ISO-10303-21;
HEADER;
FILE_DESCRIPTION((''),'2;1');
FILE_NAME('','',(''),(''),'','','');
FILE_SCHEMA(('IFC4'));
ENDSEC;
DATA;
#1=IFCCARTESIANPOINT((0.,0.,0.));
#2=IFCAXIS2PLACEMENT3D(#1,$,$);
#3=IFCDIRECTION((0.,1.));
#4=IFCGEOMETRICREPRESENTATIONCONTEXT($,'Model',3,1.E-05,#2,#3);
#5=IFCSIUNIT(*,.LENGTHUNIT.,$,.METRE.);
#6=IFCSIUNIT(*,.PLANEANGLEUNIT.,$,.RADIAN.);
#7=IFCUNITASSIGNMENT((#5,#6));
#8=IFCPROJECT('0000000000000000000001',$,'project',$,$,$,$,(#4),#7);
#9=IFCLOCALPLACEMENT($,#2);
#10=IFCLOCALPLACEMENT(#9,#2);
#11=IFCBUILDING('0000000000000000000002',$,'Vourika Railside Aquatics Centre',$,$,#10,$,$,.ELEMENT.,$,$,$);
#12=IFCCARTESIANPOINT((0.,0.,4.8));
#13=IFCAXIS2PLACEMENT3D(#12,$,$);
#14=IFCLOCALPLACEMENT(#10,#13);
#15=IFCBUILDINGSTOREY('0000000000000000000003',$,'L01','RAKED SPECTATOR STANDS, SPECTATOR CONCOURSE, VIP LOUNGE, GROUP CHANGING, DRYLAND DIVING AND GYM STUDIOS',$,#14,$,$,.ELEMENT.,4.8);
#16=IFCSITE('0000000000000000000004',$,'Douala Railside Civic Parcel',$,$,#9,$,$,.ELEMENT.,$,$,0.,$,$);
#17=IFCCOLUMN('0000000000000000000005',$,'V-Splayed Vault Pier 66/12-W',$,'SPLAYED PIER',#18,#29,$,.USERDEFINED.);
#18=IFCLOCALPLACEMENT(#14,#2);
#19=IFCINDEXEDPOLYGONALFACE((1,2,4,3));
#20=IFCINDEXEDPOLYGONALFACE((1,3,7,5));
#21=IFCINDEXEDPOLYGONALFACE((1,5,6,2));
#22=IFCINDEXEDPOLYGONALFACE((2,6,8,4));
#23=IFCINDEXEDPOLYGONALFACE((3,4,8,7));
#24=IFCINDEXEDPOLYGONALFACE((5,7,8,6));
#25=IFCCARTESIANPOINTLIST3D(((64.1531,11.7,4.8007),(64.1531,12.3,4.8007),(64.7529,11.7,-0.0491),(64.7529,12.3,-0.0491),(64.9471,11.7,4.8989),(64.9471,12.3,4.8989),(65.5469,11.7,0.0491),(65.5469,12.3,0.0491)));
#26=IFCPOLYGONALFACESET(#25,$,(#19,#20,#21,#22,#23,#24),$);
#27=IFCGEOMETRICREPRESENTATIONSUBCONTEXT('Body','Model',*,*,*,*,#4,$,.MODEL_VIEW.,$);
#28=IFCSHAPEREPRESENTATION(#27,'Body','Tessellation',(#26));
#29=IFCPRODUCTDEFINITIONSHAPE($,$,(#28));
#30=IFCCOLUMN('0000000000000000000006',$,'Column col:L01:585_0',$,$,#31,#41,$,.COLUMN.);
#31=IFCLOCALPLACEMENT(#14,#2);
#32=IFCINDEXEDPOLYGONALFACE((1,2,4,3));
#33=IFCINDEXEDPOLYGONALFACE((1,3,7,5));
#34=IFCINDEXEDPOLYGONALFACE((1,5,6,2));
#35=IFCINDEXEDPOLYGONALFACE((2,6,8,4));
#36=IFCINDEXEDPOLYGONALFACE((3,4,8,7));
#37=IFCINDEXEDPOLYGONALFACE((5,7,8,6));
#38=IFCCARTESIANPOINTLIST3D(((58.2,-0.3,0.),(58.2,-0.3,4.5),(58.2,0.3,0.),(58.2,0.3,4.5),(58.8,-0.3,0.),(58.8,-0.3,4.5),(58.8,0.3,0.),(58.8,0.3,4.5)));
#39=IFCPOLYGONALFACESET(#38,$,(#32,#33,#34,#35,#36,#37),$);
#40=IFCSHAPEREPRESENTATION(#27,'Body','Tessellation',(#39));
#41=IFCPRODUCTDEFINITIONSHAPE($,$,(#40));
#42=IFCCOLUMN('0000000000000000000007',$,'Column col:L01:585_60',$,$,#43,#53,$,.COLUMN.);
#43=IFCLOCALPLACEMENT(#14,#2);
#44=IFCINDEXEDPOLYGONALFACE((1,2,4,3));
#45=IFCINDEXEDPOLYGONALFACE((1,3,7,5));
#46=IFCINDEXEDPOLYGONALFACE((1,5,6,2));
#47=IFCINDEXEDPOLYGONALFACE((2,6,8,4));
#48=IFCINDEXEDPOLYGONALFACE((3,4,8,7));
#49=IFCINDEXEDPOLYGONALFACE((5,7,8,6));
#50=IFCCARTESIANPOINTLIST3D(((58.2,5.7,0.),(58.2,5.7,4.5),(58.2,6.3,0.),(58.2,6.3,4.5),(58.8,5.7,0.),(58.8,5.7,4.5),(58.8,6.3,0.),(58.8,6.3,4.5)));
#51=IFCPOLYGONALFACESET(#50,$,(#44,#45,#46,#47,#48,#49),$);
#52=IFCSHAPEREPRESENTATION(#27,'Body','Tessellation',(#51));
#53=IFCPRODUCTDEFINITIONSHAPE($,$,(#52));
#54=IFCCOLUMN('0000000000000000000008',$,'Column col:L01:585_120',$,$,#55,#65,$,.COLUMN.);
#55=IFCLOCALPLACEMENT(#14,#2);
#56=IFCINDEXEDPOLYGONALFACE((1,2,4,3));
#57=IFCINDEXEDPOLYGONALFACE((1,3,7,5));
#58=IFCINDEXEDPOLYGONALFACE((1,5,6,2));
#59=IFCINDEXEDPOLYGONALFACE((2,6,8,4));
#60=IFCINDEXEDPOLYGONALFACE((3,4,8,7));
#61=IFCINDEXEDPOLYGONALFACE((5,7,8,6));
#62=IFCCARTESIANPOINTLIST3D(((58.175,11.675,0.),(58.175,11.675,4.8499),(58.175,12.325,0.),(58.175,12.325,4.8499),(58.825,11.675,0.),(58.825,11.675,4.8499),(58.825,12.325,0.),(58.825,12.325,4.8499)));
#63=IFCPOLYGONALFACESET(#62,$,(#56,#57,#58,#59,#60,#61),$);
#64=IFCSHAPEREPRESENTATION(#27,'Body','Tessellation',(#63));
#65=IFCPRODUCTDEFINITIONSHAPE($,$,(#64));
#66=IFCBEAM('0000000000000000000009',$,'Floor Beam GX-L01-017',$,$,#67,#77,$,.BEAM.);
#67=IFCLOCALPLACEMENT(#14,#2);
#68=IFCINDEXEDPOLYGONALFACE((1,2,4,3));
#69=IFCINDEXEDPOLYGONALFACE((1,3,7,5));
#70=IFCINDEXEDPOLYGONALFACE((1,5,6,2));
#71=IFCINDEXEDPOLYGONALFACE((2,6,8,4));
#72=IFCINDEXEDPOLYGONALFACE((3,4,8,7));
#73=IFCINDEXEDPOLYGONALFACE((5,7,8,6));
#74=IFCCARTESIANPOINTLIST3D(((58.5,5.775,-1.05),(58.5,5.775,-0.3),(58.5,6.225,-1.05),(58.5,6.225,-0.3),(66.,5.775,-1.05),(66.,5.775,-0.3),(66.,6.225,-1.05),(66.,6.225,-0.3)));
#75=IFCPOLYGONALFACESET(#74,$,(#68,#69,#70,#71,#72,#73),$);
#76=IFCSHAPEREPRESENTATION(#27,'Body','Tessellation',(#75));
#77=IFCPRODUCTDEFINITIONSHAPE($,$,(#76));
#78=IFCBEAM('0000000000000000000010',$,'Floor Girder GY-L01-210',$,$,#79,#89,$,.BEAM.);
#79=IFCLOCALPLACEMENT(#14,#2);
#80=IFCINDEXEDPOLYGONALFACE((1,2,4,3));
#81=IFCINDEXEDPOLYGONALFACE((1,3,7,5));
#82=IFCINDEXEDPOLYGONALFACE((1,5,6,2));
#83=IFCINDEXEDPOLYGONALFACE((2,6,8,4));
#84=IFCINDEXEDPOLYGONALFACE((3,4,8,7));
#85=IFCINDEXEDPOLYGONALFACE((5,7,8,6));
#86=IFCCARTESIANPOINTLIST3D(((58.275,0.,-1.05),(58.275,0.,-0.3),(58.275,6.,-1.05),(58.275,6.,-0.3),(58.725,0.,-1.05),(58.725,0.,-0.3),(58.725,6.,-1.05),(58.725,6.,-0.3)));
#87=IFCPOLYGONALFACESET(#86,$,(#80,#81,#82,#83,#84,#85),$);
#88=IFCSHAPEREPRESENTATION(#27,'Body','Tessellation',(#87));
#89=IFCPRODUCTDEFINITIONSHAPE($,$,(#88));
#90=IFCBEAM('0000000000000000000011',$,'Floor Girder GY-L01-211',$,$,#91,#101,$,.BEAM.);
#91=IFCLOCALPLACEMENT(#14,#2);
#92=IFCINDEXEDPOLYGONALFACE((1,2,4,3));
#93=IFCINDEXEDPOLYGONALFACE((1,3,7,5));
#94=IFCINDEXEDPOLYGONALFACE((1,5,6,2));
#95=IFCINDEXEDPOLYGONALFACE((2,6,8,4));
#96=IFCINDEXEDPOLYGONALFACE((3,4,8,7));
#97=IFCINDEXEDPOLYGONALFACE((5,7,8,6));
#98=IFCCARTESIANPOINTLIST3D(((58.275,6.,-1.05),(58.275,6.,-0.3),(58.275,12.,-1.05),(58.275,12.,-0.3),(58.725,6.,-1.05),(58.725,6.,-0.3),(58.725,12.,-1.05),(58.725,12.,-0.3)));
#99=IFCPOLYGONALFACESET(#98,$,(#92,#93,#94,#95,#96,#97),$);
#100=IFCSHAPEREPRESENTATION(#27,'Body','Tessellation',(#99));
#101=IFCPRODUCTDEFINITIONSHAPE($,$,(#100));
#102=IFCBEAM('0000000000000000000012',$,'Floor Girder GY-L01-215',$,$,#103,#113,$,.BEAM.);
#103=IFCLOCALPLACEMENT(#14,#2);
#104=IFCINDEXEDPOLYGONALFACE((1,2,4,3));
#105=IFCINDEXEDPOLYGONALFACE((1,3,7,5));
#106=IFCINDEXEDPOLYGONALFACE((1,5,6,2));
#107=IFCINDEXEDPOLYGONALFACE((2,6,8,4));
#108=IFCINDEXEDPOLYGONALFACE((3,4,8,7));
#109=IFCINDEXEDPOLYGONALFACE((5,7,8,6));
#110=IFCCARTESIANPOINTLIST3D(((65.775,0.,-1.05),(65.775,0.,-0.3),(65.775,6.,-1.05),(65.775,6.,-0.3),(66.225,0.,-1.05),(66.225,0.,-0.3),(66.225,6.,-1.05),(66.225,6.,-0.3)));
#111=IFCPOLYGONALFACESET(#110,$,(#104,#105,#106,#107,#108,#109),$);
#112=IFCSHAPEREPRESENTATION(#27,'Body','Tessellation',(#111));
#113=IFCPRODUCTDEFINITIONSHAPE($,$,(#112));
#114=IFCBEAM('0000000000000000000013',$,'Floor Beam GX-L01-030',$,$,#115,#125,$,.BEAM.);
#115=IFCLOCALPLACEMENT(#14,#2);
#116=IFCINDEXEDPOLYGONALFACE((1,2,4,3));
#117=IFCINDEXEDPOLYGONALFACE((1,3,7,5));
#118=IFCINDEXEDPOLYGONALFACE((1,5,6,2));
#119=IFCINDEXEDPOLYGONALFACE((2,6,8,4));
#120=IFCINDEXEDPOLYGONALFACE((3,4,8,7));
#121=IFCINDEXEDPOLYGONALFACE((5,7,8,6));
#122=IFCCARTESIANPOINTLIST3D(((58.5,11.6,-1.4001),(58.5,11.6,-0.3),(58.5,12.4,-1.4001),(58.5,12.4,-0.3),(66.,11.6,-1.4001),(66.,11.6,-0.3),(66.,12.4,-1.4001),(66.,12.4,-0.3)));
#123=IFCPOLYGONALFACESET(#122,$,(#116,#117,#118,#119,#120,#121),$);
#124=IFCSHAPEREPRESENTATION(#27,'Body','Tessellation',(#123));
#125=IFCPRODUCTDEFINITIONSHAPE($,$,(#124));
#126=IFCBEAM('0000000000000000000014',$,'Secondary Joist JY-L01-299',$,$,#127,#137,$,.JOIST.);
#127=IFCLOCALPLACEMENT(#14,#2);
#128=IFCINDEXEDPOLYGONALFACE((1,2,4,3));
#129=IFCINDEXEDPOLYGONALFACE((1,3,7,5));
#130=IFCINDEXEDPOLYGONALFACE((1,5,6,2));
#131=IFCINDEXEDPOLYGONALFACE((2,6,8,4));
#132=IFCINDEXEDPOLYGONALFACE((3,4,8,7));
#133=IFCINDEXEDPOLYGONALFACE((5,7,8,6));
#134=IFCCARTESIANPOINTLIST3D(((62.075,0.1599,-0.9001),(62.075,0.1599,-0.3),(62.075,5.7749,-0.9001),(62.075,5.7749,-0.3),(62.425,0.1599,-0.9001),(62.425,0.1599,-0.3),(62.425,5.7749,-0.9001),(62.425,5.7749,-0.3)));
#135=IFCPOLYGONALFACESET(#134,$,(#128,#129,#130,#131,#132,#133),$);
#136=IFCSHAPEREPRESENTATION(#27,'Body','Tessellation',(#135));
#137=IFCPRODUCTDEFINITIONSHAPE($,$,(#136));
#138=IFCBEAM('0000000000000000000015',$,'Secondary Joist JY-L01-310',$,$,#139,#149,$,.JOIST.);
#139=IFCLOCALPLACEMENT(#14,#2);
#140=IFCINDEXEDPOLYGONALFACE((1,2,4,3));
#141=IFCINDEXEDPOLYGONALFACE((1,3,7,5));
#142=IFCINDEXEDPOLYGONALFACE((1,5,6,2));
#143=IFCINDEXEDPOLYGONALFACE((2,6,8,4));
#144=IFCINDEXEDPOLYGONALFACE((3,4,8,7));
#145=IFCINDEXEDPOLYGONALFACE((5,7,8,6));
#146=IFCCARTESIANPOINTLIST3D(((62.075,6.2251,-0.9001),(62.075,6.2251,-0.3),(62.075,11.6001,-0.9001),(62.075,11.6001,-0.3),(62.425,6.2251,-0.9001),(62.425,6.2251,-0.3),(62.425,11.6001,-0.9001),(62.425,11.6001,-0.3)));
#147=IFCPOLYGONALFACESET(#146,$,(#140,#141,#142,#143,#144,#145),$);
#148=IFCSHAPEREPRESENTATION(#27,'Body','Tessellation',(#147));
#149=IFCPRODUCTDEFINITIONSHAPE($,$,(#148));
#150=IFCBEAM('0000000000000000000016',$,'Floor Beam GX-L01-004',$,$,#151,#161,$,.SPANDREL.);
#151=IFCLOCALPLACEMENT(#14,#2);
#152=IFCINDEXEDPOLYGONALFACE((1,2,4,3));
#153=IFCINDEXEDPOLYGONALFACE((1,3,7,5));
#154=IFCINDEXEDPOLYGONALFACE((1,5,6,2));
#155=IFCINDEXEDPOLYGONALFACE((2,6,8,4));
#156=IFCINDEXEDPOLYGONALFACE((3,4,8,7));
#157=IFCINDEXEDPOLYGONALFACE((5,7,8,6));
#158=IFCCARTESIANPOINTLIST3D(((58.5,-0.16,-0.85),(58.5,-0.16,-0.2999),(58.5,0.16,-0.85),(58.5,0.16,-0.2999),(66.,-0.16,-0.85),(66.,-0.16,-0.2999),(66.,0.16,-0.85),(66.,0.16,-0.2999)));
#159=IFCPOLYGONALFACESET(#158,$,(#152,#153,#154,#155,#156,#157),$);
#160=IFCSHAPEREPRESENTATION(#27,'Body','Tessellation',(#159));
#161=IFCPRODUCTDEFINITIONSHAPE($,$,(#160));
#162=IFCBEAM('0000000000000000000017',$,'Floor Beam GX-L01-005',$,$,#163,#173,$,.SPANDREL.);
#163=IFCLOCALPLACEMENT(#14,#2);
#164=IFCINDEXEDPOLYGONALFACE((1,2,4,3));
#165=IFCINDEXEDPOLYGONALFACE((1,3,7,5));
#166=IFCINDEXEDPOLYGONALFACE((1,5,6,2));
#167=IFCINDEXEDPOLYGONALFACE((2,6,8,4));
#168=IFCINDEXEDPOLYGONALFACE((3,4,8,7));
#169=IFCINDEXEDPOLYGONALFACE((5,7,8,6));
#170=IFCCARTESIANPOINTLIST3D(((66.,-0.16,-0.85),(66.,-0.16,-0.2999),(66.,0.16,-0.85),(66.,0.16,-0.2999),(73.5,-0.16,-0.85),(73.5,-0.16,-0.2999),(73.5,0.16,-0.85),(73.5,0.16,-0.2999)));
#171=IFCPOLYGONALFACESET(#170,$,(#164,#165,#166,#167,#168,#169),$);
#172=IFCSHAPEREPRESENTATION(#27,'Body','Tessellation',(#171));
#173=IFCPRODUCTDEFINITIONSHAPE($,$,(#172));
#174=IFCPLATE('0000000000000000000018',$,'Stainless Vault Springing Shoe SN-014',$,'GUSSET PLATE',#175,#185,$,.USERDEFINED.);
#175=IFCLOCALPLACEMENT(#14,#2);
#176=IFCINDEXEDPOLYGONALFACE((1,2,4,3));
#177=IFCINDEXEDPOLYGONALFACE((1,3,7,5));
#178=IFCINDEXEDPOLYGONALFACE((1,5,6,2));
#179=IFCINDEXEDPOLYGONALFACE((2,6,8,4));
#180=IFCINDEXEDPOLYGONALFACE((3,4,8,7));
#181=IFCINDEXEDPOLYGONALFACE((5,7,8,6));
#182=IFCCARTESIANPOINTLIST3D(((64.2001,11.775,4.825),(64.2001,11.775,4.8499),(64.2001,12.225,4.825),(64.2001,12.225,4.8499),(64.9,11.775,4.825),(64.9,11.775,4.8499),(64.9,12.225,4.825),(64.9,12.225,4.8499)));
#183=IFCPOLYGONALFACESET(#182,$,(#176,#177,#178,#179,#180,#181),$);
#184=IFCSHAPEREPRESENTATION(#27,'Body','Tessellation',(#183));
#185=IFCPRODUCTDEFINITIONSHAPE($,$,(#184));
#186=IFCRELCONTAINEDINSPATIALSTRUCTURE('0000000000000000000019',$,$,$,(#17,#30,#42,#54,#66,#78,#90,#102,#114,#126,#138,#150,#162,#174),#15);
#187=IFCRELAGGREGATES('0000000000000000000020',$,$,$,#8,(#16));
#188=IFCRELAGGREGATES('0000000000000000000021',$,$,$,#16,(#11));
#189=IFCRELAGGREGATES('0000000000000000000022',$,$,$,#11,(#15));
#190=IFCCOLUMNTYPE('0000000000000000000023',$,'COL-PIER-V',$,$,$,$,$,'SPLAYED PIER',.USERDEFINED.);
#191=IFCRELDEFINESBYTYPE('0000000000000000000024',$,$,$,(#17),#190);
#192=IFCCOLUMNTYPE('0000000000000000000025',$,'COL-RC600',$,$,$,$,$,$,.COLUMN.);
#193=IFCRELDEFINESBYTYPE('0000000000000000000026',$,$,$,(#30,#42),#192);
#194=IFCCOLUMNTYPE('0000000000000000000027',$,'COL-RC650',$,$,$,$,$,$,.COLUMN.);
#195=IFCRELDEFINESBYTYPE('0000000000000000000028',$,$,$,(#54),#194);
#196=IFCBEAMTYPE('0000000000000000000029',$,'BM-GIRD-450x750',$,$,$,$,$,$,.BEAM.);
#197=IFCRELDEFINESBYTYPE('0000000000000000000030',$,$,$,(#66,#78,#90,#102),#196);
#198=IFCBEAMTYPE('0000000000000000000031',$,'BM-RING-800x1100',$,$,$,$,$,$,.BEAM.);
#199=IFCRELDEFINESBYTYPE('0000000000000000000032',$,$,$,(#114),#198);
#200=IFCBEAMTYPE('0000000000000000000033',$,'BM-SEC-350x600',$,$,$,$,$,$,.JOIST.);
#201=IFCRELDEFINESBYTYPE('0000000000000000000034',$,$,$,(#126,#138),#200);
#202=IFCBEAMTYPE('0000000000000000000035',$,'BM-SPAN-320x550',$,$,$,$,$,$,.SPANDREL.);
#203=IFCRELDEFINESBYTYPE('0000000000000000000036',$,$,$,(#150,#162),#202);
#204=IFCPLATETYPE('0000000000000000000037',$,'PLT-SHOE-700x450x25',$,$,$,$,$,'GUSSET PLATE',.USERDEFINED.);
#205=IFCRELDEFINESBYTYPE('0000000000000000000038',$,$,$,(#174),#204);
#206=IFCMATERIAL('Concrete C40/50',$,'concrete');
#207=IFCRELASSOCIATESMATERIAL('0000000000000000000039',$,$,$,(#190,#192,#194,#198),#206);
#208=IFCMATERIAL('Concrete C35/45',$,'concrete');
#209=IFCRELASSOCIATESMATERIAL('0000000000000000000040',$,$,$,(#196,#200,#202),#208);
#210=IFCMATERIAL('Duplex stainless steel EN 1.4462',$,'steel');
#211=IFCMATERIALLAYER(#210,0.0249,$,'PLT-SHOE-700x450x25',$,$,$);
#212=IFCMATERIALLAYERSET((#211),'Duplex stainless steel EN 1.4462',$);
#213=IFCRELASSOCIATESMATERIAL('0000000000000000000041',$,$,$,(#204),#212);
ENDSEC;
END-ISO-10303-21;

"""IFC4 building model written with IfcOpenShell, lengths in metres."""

from ifc_helpers import new_model, si_unit, direction, frame, origin, origin_2d, place, context, subcontext, project, spatial, rectangle, extrude, material, layer, layer_set, material_profile, profile_set, type_object, element, save


model = new_model("IFC4")

# Units and contexts
model_context = context("Model", 3, precision=1e-05, world=origin(), true_north=direction((0.0, 1.0)))
body_context = subcontext(model_context, "Body", "Model", "MODEL_VIEW")
ifc_project = project(units=[si_unit("LENGTHUNIT", "METRE"), si_unit("PLANEANGLEUNIT", "RADIAN")], contexts=[model_context])

# Site, building, storey
site_placement = place(None, origin())
site = spatial("IfcSite", under=ifc_project, at=site_placement, Name="Douala Railside Civic Parcel", CompositionType="ELEMENT", RefElevation=0.0)
building_placement = place(site_placement, origin())
building = spatial("IfcBuilding", under=site, at=building_placement, Name="Vourika Railside Aquatics Centre", CompositionType="ELEMENT")
storey_placement = place(building_placement, frame((0.0, 0.0, 4.8)))
storey = spatial("IfcBuildingStorey", under=building, at=storey_placement, Name="L01", Description="RAKED SPECTATOR STANDS, SPECTATOR CONCOURSE, VIP LOUNGE, GROUP CHANGING, DRYLAND DIVING AND GYM STUDIOS", CompositionType="ELEMENT", Elevation=4.8)

# Columns
ifc_material_1 = material(Name="Concrete C40/50", Category="concrete")
ifc_material_profile_1 = material_profile(ifc_material_1, rectangle(XDim=0.6001, YDim=0.8, at=origin_2d()), Name="RC 600x800")
ifc_profile_set_1 = profile_set([ifc_material_profile_1], Name="Concrete C40/50")
column_type_1 = type_object("IfcColumnType", Name="COL-PIER-V", ElementType="SPLAYED PIER", PredefinedType="USERDEFINED", material=ifc_profile_set_1)
column_1_placement = place(storey_placement, frame((65.1499, 12.0, 0.0), z_axis=(-0.12275, 0.0, 0.992438), x_axis=(0.0, -1.0, 0.0)))
element("IfcColumn", 1, at=column_1_placement, inside=storey, type_object=column_type_1, Name="V-Splayed Vault Pier 66/12-W", ObjectType="SPLAYED PIER", PredefinedType="USERDEFINED", context=body_context, shape_type="SweptSolid", body=[
    extrude(rectangle(XDim=0.6001, YDim=0.8, at=origin_2d()), origin(), (0.0, 0.0, 1.0), 4.8867),
])
ifc_material_profile_2 = material_profile(ifc_material_1, rectangle(XDim=0.6001, YDim=0.6001, at=origin_2d()), Name="RC 600x600")
ifc_profile_set_2 = profile_set([ifc_material_profile_2], Name="Concrete C40/50")
column_type_2 = type_object("IfcColumnType", Name="COL-RC600", PredefinedType="COLUMN", material=ifc_profile_set_2)
for number, where, z_axis, x_axis, name in (
    (2, (58.5, 0.0, 0.0), (0.0, 0.0, 1.0), (1.0, 0.0, 0.0), "Column col:L01:585_0"),
    (3, (58.5, 6.0, 0.0), (0.0, 0.0, 1.0), (1.0, 0.0, 0.0), "Column col:L01:585_60"),
):
    element("IfcColumn", number, at=place(storey_placement, frame(where, z_axis=z_axis, x_axis=x_axis)), inside=storey, type_object=column_type_2, Name=name, PredefinedType="COLUMN", context=body_context, shape_type="SweptSolid", body=[
        extrude(rectangle(XDim=0.6001, YDim=0.6001, at=origin_2d()), origin(), (0.0, 0.0, 1.0), 4.5),
    ])
ifc_material_profile_3 = material_profile(ifc_material_1, rectangle(XDim=0.6499, YDim=0.6499, at=origin_2d()), Name="RC 650x650")
ifc_profile_set_3 = profile_set([ifc_material_profile_3], Name="Concrete C40/50")
column_type_3 = type_object("IfcColumnType", Name="COL-RC650", PredefinedType="COLUMN", material=ifc_profile_set_3)
column_2_placement = place(storey_placement, frame((58.5, 12.0, 0.0), z_axis=(0.0, 0.0, 1.0), x_axis=(1.0, 0.0, 0.0)))
element("IfcColumn", 4, at=column_2_placement, inside=storey, type_object=column_type_3, Name="Column col:L01:585_120", PredefinedType="COLUMN", context=body_context, shape_type="SweptSolid", body=[
    extrude(rectangle(XDim=0.6499, YDim=0.6499, at=origin_2d()), origin(), (0.0, 0.0, 1.0), 4.8499),
])

# Beams
ifc_material_2 = material(Name="Concrete C35/45", Category="concrete")
ifc_material_profile_4 = material_profile(ifc_material_2, rectangle(XDim=0.45, YDim=0.75, at=origin_2d()), Name="RC 450x750")
ifc_profile_set_4 = profile_set([ifc_material_profile_4], Name="Concrete C35/45")
beam_type_1 = type_object("IfcBeamType", Name="BM-GIRD-450x750", PredefinedType="BEAM", material=ifc_profile_set_4)
beam_1_placement = place(storey_placement, frame((58.5, 6.0, -0.675), z_axis=(1.0, 0.0, 0.0), x_axis=(0.0, 1.0, 0.0)))
element("IfcBeam", 5, at=beam_1_placement, inside=storey, type_object=beam_type_1, Name="Floor Beam GX-L01-017", PredefinedType="BEAM", context=body_context, shape_type="SweptSolid", body=[
    extrude(rectangle(XDim=0.45, YDim=0.75, at=origin_2d()), origin(), (0.0, 0.0, 1.0), 7.5),
])
for number, where, z_axis, x_axis, name in (
    (6, (58.5, 0.0, -0.675), (0.0, 1.0, 0.0), (-1.0, 0.0, 0.0), "Floor Girder GY-L01-210"),
    (7, (58.5, 6.0, -0.675), (0.0, 1.0, 0.0), (-1.0, 0.0, 0.0), "Floor Girder GY-L01-211"),
    (8, (66.0, 0.0, -0.675), (0.0, 1.0, 0.0), (-1.0, 0.0, 0.0), "Floor Girder GY-L01-215"),
):
    element("IfcBeam", number, at=place(storey_placement, frame(where, z_axis=z_axis, x_axis=x_axis)), inside=storey, type_object=beam_type_1, Name=name, PredefinedType="BEAM", context=body_context, shape_type="SweptSolid", body=[
        extrude(rectangle(XDim=0.45, YDim=0.75, at=origin_2d()), origin(), (0.0, 0.0, 1.0), 6.0),
    ])
ifc_material_profile_5 = material_profile(ifc_material_1, rectangle(XDim=0.8, YDim=1.1001, at=origin_2d()), Name="RC 800x1100")
ifc_profile_set_5 = profile_set([ifc_material_profile_5], Name="Concrete C40/50")
beam_type_2 = type_object("IfcBeamType", Name="BM-RING-800x1100", PredefinedType="BEAM", material=ifc_profile_set_5)
beam_2_placement = place(storey_placement, frame((58.5, 12.0, -0.8501), z_axis=(1.0, 0.0, 0.0), x_axis=(0.0, 1.0, 0.0)))
element("IfcBeam", 9, at=beam_2_placement, inside=storey, type_object=beam_type_2, Name="Floor Beam GX-L01-030", PredefinedType="BEAM", context=body_context, shape_type="SweptSolid", body=[
    extrude(rectangle(XDim=0.8, YDim=1.1001, at=origin_2d()), origin(), (0.0, 0.0, 1.0), 7.5),
])
ifc_material_profile_6 = material_profile(ifc_material_2, rectangle(XDim=0.3501, YDim=0.6001, at=origin_2d()), Name="RC 350x600")
ifc_profile_set_6 = profile_set([ifc_material_profile_6], Name="Concrete C35/45")
beam_type_3 = type_object("IfcBeamType", Name="BM-SEC-350x600", PredefinedType="JOIST", material=ifc_profile_set_6)
beam_3_placement = place(storey_placement, frame((62.25, 0.1599, -0.6001), z_axis=(0.0, 1.0, 0.0), x_axis=(-1.0, 0.0, 0.0)))
element("IfcBeam", 10, at=beam_3_placement, inside=storey, type_object=beam_type_3, Name="Secondary Joist JY-L01-299", PredefinedType="JOIST", context=body_context, shape_type="SweptSolid", body=[
    extrude(rectangle(XDim=0.3501, YDim=0.6001, at=origin_2d()), origin(), (0.0, 0.0, 1.0), 5.615),
])
beam_4_placement = place(storey_placement, frame((62.25, 6.2251, -0.6001), z_axis=(0.0, 1.0, 0.0), x_axis=(-1.0, 0.0, 0.0)))
element("IfcBeam", 11, at=beam_4_placement, inside=storey, type_object=beam_type_3, Name="Secondary Joist JY-L01-310", PredefinedType="JOIST", context=body_context, shape_type="SweptSolid", body=[
    extrude(rectangle(XDim=0.3501, YDim=0.6001, at=origin_2d()), origin(), (0.0, 0.0, 1.0), 5.375),
])
ifc_material_profile_7 = material_profile(ifc_material_2, rectangle(XDim=0.3201, YDim=0.55, at=origin_2d()), Name="RC 320x550")
ifc_profile_set_7 = profile_set([ifc_material_profile_7], Name="Concrete C35/45")
beam_type_4 = type_object("IfcBeamType", Name="BM-SPAN-320x550", PredefinedType="SPANDREL", material=ifc_profile_set_7)
for number, where, z_axis, x_axis, name in (
    (12, (58.5, 0.0, -0.575), (1.0, 0.0, 0.0), (0.0, 1.0, 0.0), "Floor Beam GX-L01-004"),
    (13, (66.0, 0.0, -0.575), (1.0, 0.0, 0.0), (0.0, 1.0, 0.0), "Floor Beam GX-L01-005"),
):
    element("IfcBeam", number, at=place(storey_placement, frame(where, z_axis=z_axis, x_axis=x_axis)), inside=storey, type_object=beam_type_4, Name=name, PredefinedType="SPANDREL", context=body_context, shape_type="SweptSolid", body=[
        extrude(rectangle(XDim=0.3201, YDim=0.55, at=origin_2d()), origin(), (0.0, 0.0, 1.0), 7.5),
    ])

# Plate
ifc_material_3 = material(Name="Duplex stainless steel EN 1.4462", Category="steel")
ifc_layer_1 = layer(ifc_material_3, 0.0249, Name="PLT-SHOE-700x450x25")
ifc_layer_set_1 = layer_set([ifc_layer_1], Name="Duplex stainless steel EN 1.4462")
plate_type = type_object("IfcPlateType", Name="PLT-SHOE-700x450x25", ElementType="GUSSET PLATE", PredefinedType="USERDEFINED", material=ifc_layer_set_1)
plate_placement = place(storey_placement, frame((64.55, 12.0, 4.825), z_axis=(0.0, 0.0, 1.0), x_axis=(1.0, 0.0, 0.0)))
element("IfcPlate", 14, at=plate_placement, inside=storey, type_object=plate_type, Name="Stainless Vault Springing Shoe SN-014", ObjectType="GUSSET PLATE", PredefinedType="USERDEFINED", context=body_context, shape_type="SweptSolid", body=[
    extrude(rectangle(XDim=0.7, YDim=0.45, at=origin_2d()), origin(), (0.0, 0.0, 1.0), 0.0249),
])

save(model, "model.ifc")
